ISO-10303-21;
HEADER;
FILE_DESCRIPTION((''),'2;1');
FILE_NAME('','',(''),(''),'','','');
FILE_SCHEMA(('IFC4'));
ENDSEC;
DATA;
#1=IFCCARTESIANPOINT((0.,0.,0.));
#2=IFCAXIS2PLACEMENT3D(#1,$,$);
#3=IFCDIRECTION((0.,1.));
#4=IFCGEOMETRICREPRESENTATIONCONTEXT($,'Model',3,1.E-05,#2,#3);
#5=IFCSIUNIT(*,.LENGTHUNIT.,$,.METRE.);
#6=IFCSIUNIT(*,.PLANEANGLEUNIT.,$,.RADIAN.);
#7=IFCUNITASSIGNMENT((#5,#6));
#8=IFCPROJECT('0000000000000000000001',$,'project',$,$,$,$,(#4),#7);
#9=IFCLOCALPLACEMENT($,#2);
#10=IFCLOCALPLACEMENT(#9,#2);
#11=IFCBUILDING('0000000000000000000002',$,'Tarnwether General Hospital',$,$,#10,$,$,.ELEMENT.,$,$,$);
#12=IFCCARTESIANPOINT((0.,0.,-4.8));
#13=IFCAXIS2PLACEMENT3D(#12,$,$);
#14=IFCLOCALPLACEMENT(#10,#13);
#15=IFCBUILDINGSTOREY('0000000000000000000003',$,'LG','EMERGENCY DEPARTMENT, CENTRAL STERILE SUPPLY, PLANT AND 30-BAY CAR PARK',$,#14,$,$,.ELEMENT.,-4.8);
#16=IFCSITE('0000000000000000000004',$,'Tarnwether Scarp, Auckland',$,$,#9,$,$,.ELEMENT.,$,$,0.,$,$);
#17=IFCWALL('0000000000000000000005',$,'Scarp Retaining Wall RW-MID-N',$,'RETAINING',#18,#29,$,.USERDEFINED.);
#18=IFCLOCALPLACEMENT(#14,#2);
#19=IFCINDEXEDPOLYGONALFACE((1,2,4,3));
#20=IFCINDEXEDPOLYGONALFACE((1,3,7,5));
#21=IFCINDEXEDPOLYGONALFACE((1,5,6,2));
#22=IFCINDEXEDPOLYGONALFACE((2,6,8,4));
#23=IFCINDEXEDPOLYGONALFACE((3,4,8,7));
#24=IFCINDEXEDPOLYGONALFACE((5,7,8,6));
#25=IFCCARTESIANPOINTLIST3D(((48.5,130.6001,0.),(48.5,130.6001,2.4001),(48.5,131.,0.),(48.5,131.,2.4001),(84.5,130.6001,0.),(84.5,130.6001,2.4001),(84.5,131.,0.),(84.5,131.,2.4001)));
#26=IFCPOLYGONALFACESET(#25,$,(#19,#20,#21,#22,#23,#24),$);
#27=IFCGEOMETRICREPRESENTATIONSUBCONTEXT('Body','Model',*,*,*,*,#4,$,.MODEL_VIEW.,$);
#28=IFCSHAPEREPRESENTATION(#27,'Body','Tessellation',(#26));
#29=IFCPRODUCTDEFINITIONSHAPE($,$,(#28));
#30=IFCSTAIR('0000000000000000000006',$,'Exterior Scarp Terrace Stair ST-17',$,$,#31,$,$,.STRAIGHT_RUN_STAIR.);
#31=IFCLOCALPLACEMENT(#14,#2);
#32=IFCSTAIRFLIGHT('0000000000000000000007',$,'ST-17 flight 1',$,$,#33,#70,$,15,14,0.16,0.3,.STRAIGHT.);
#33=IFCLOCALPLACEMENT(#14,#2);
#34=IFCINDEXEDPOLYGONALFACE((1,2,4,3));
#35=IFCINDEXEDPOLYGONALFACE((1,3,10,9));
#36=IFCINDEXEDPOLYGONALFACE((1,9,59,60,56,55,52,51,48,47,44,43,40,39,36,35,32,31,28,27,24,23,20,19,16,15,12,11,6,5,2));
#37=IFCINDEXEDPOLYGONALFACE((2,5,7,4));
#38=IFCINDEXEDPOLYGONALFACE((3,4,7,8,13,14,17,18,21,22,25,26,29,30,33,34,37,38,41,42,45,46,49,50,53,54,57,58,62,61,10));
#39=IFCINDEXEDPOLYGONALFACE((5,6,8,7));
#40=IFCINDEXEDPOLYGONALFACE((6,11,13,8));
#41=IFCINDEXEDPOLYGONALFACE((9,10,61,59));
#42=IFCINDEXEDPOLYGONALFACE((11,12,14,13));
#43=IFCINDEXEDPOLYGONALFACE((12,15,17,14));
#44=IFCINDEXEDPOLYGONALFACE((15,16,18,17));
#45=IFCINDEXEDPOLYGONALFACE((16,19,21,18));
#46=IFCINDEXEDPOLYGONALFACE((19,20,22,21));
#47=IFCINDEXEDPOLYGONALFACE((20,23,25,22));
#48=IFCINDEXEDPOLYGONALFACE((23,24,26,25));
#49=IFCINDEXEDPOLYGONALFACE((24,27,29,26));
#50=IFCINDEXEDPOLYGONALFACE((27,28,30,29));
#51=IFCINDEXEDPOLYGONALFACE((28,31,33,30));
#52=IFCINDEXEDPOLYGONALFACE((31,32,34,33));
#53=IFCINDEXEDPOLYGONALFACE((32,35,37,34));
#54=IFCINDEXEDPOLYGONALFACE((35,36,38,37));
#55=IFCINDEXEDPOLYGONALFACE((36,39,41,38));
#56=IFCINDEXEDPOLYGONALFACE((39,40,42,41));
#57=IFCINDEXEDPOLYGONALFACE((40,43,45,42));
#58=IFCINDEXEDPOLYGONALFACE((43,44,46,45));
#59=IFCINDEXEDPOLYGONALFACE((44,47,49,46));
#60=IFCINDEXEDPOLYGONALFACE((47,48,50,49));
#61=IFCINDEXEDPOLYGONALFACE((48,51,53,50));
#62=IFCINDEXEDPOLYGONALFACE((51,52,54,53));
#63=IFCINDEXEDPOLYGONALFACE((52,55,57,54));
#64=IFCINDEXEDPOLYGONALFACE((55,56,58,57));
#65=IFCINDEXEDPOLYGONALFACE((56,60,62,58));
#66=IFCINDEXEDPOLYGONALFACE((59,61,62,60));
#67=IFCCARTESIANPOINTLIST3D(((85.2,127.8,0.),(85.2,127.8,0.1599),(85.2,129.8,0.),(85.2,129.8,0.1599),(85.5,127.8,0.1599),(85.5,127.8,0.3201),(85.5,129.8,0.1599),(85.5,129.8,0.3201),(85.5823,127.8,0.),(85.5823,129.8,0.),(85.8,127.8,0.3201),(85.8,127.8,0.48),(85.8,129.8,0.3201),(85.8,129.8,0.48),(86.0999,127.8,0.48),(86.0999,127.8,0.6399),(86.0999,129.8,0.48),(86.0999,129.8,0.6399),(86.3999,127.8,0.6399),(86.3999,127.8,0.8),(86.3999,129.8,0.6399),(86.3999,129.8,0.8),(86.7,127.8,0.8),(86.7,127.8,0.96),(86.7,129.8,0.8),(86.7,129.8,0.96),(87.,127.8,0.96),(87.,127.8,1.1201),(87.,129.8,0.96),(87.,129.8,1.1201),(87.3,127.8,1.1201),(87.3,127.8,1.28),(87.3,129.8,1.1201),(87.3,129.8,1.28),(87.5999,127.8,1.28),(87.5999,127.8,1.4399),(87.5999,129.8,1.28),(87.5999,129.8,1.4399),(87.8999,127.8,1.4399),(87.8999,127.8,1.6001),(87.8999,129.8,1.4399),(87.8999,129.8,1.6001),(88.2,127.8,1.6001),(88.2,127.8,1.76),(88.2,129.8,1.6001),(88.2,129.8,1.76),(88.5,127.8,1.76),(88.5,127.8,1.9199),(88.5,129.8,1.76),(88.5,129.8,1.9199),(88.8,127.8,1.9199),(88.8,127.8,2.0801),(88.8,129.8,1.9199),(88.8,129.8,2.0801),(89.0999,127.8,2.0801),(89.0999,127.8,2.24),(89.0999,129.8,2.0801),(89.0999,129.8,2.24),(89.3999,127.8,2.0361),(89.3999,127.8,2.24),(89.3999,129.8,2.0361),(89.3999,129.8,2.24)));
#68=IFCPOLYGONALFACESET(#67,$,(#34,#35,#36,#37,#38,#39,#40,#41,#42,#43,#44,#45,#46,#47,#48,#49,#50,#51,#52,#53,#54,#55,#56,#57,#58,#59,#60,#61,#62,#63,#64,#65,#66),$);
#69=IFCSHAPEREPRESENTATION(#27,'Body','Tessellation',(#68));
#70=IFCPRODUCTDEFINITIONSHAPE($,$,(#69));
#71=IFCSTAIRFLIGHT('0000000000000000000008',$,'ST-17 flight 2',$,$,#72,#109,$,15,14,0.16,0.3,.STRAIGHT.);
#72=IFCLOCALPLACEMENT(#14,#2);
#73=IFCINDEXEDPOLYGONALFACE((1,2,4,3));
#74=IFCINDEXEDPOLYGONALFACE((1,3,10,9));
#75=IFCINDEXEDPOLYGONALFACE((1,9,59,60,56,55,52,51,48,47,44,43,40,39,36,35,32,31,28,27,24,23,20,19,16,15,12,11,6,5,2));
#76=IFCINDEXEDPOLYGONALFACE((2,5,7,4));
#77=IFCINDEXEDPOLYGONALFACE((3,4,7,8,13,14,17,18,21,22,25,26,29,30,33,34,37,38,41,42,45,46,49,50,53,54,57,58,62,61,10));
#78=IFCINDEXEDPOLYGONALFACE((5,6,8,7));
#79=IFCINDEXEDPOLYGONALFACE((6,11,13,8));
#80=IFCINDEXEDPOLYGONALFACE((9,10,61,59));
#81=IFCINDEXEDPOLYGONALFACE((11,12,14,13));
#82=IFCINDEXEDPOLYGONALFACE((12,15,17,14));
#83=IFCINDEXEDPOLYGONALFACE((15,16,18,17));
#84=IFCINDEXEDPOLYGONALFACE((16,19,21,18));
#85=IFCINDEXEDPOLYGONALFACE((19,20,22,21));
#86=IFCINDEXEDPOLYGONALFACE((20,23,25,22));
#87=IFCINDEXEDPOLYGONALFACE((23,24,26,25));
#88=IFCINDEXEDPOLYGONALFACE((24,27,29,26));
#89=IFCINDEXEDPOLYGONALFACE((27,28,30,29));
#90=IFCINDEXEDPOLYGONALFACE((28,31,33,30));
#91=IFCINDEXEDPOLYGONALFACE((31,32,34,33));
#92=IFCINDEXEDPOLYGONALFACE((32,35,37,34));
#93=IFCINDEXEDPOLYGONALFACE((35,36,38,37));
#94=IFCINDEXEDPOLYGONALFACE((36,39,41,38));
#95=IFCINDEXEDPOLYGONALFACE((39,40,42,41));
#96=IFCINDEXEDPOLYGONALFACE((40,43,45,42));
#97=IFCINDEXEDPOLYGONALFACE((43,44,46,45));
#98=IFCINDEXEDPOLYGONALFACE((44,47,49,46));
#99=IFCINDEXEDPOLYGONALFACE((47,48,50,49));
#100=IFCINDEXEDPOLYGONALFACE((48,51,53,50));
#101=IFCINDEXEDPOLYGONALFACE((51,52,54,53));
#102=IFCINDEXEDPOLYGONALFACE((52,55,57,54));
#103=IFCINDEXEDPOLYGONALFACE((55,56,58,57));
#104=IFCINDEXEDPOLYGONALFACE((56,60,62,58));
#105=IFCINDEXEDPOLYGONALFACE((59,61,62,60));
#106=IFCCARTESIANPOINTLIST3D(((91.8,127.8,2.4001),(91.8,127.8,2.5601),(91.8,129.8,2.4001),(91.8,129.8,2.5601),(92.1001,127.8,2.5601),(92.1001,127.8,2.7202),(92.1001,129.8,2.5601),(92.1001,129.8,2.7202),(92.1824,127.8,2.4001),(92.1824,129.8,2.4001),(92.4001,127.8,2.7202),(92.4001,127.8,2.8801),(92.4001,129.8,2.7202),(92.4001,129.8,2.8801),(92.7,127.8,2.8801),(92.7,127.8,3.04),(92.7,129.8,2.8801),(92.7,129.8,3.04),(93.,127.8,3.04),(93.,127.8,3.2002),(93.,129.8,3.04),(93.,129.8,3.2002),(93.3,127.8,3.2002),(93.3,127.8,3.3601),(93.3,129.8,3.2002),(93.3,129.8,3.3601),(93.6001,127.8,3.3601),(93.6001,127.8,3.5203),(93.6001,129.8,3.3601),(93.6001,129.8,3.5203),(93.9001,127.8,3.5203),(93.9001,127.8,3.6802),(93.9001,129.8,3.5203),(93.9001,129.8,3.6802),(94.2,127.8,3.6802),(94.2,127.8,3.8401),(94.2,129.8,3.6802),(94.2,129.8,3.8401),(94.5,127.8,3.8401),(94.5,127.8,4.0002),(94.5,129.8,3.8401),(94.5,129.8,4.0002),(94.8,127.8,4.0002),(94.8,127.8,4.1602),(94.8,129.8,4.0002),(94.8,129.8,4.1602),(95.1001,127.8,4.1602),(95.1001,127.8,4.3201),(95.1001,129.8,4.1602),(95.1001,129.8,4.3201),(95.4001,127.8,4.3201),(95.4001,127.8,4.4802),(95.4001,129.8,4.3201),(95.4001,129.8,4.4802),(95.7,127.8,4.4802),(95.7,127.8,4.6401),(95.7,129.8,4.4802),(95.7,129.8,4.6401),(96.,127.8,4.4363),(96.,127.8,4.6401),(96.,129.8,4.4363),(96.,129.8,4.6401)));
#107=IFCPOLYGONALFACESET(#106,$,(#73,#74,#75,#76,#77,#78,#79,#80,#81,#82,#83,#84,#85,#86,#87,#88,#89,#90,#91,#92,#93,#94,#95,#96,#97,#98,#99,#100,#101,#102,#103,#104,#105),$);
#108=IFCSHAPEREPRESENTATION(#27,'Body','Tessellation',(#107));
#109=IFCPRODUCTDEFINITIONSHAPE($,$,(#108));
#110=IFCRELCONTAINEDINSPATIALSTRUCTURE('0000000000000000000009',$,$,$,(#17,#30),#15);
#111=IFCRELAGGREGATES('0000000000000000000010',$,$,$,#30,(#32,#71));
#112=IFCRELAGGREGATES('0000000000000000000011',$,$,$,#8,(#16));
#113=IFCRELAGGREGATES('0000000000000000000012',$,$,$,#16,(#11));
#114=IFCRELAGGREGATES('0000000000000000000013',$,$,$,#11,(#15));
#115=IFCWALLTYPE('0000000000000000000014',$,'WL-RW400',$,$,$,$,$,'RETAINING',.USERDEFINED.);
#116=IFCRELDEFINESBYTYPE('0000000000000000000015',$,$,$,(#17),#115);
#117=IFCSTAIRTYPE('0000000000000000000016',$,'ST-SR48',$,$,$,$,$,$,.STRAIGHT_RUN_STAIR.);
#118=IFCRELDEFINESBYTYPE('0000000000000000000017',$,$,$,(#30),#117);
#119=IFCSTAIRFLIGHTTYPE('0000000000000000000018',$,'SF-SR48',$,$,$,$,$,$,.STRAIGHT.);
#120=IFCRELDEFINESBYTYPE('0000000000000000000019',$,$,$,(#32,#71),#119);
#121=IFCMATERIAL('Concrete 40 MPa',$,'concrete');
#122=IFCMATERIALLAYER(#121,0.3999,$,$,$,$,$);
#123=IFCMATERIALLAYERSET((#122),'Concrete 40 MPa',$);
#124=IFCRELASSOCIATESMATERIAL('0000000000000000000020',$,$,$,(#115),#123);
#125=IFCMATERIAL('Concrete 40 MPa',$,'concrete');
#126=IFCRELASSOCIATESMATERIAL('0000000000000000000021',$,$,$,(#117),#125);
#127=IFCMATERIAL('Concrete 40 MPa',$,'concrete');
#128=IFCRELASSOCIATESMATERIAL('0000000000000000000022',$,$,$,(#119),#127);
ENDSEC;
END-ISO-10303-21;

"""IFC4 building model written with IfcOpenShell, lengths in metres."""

from ifc_helpers import new_model, si_unit, direction, frame, frame_2d, origin, place, context, subcontext, project, spatial, polyline, rectangle, outline, extrude, material, layer, layer_set, type_object, element, aggregate, save


model = new_model("IFC4")

# Units and contexts
model_context = context("Model", 3, precision=1e-05, world=origin(), true_north=direction((0.0, 1.0)))
body_context = subcontext(model_context, "Body", "Model", "MODEL_VIEW")
ifc_project = project(units=[si_unit("LENGTHUNIT", "METRE"), si_unit("PLANEANGLEUNIT", "RADIAN")], contexts=[model_context])

# Site, building, storey
site_placement = place(None, origin())
site = spatial("IfcSite", under=ifc_project, at=site_placement, Name="Tarnwether Scarp, Auckland", CompositionType="ELEMENT", RefElevation=0.0)
building_placement = place(site_placement, origin())
building = spatial("IfcBuilding", under=site, at=building_placement, Name="Tarnwether General Hospital", CompositionType="ELEMENT")
storey_placement = place(building_placement, frame((0.0, 0.0, -4.8)))
storey = spatial("IfcBuildingStorey", under=building, at=storey_placement, Name="LG", Description="EMERGENCY DEPARTMENT, CENTRAL STERILE SUPPLY, PLANT AND 30-BAY CAR PARK", CompositionType="ELEMENT", Elevation=-4.8)

# Wall
ifc_material_1 = material(Name="Concrete 40 MPa", Category="concrete")
ifc_layer_1 = layer(ifc_material_1, 0.3999)
ifc_layer_set_1 = layer_set([ifc_layer_1], Name="Concrete 40 MPa")
wall_type = type_object("IfcWallType", Name="WL-RW400", ElementType="RETAINING", PredefinedType="USERDEFINED", material=ifc_layer_set_1)
wall_placement = place(storey_placement, frame((84.5, 130.8, 0.0), z_axis=(0.0, 0.0, 1.0), x_axis=(-1.0, 0.0, 0.0)))
element("IfcWall", 1, at=wall_placement, inside=storey, type_object=wall_type, Name="Scarp Retaining Wall RW-MID-N", ObjectType="RETAINING", PredefinedType="USERDEFINED", context=body_context, shape_type="SweptSolid", body=[
    extrude(rectangle(XDim=36.0, YDim=0.3999, at=frame_2d((18.0, 0.0))), origin(), (0.0, 0.0, 1.0), 2.4001),
])

# Stair, stair flights
ifc_material_2 = material(Name="Concrete 40 MPa", Category="concrete")
stair_type = type_object("IfcStairType", Name="ST-SR48", PredefinedType="STRAIGHT_RUN_STAIR", material=ifc_material_2)
stair_placement = place(storey_placement, origin())
stair = element("IfcStair", 2, at=stair_placement, inside=storey, type_object=stair_type, Name="Exterior Scarp Terrace Stair ST-17", PredefinedType="STRAIGHT_RUN_STAIR")
ifc_material_3 = material(Name="Concrete 40 MPa", Category="concrete")
stair_flight_type = type_object("IfcStairFlightType", Name="SF-SR48", PredefinedType="STRAIGHT", material=ifc_material_3)
stair_flight_1_placement = place(storey_placement, frame((85.2, 128.8, 0.0), z_axis=(0.0, 0.0, 1.0), x_axis=(1.0, 0.0, 0.0)))
stair_flight_1 = element("IfcStairFlight", 3, at=stair_flight_1_placement, type_object=stair_flight_type, Name="ST-17 flight 1", NumberOfRisers=15, NumberOfTreads=14, PredefinedType="STRAIGHT", RiserHeight=0.16, TreadLength=0.3, context=body_context, shape_type="SweptSolid", body=[
    extrude(outline(polyline([(0.0, 0.0), (0.0, 0.1599), (0.3, 0.1599), (0.3, 0.3201), (0.6001, 0.3201), (0.6001, 0.48), (0.8999, 0.48), (0.8999, 0.6399), (1.2, 0.6399), (1.2, 0.8), (1.5, 0.8), (1.5, 0.96), (1.8, 0.96), (1.8, 1.1201), (2.1001, 1.1201), (2.1001, 1.28), (2.3999, 1.28), (2.3999, 1.4399), (2.7, 1.4399), (2.7, 1.6001), (3.0, 1.6001), (3.0, 1.76), (3.3, 1.76), (3.3, 1.9199), (3.6001, 1.9199), (3.6001, 2.0801), (3.8999, 2.0801), (3.8999, 2.24), (4.2, 2.24), (4.2, 2.3999), (4.2, 2.0361), (0.3823, 0.0), (0.0, 0.0)])), frame((0.0, 1.0, 0.0), z_axis=(0.0, -1.0, 0.0), x_axis=(1.0, 0.0, 0.0)), (0.0, 0.0, 1.0), 2.0),
])
stair_flight_2_placement = place(storey_placement, frame((91.8, 128.8, 2.4001), z_axis=(0.0, 0.0, 1.0), x_axis=(1.0, 0.0, 0.0)))
stair_flight_2 = element("IfcStairFlight", 4, at=stair_flight_2_placement, type_object=stair_flight_type, Name="ST-17 flight 2", NumberOfRisers=15, NumberOfTreads=14, PredefinedType="STRAIGHT", RiserHeight=0.16, TreadLength=0.3, context=body_context, shape_type="SweptSolid", body=[
    extrude(outline(polyline([(0.0, 0.0), (0.0, 0.1599), (0.3, 0.1599), (0.3, 0.3201), (0.6001, 0.3201), (0.6001, 0.48), (0.8999, 0.48), (0.8999, 0.6399), (1.2, 0.6399), (1.2, 0.8), (1.5, 0.8), (1.5, 0.96), (1.8, 0.96), (1.8, 1.1201), (2.1001, 1.1201), (2.1001, 1.28), (2.3999, 1.28), (2.3999, 1.4399), (2.7, 1.4399), (2.7, 1.6001), (3.0, 1.6001), (3.0, 1.76), (3.3, 1.76), (3.3, 1.9199), (3.6001, 1.9199), (3.6001, 2.0801), (3.8999, 2.0801), (3.8999, 2.24), (4.2, 2.24), (4.2, 2.3999), (4.2, 2.0361), (0.3823, 0.0), (0.0, 0.0)])), frame((0.0, 1.0, 0.0), z_axis=(0.0, -1.0, 0.0), x_axis=(1.0, 0.0, 0.0)), (0.0, 0.0, 1.0), 2.0),
])
aggregate(stair, [stair_flight_1, stair_flight_2])

save(model, "model.ifc")
